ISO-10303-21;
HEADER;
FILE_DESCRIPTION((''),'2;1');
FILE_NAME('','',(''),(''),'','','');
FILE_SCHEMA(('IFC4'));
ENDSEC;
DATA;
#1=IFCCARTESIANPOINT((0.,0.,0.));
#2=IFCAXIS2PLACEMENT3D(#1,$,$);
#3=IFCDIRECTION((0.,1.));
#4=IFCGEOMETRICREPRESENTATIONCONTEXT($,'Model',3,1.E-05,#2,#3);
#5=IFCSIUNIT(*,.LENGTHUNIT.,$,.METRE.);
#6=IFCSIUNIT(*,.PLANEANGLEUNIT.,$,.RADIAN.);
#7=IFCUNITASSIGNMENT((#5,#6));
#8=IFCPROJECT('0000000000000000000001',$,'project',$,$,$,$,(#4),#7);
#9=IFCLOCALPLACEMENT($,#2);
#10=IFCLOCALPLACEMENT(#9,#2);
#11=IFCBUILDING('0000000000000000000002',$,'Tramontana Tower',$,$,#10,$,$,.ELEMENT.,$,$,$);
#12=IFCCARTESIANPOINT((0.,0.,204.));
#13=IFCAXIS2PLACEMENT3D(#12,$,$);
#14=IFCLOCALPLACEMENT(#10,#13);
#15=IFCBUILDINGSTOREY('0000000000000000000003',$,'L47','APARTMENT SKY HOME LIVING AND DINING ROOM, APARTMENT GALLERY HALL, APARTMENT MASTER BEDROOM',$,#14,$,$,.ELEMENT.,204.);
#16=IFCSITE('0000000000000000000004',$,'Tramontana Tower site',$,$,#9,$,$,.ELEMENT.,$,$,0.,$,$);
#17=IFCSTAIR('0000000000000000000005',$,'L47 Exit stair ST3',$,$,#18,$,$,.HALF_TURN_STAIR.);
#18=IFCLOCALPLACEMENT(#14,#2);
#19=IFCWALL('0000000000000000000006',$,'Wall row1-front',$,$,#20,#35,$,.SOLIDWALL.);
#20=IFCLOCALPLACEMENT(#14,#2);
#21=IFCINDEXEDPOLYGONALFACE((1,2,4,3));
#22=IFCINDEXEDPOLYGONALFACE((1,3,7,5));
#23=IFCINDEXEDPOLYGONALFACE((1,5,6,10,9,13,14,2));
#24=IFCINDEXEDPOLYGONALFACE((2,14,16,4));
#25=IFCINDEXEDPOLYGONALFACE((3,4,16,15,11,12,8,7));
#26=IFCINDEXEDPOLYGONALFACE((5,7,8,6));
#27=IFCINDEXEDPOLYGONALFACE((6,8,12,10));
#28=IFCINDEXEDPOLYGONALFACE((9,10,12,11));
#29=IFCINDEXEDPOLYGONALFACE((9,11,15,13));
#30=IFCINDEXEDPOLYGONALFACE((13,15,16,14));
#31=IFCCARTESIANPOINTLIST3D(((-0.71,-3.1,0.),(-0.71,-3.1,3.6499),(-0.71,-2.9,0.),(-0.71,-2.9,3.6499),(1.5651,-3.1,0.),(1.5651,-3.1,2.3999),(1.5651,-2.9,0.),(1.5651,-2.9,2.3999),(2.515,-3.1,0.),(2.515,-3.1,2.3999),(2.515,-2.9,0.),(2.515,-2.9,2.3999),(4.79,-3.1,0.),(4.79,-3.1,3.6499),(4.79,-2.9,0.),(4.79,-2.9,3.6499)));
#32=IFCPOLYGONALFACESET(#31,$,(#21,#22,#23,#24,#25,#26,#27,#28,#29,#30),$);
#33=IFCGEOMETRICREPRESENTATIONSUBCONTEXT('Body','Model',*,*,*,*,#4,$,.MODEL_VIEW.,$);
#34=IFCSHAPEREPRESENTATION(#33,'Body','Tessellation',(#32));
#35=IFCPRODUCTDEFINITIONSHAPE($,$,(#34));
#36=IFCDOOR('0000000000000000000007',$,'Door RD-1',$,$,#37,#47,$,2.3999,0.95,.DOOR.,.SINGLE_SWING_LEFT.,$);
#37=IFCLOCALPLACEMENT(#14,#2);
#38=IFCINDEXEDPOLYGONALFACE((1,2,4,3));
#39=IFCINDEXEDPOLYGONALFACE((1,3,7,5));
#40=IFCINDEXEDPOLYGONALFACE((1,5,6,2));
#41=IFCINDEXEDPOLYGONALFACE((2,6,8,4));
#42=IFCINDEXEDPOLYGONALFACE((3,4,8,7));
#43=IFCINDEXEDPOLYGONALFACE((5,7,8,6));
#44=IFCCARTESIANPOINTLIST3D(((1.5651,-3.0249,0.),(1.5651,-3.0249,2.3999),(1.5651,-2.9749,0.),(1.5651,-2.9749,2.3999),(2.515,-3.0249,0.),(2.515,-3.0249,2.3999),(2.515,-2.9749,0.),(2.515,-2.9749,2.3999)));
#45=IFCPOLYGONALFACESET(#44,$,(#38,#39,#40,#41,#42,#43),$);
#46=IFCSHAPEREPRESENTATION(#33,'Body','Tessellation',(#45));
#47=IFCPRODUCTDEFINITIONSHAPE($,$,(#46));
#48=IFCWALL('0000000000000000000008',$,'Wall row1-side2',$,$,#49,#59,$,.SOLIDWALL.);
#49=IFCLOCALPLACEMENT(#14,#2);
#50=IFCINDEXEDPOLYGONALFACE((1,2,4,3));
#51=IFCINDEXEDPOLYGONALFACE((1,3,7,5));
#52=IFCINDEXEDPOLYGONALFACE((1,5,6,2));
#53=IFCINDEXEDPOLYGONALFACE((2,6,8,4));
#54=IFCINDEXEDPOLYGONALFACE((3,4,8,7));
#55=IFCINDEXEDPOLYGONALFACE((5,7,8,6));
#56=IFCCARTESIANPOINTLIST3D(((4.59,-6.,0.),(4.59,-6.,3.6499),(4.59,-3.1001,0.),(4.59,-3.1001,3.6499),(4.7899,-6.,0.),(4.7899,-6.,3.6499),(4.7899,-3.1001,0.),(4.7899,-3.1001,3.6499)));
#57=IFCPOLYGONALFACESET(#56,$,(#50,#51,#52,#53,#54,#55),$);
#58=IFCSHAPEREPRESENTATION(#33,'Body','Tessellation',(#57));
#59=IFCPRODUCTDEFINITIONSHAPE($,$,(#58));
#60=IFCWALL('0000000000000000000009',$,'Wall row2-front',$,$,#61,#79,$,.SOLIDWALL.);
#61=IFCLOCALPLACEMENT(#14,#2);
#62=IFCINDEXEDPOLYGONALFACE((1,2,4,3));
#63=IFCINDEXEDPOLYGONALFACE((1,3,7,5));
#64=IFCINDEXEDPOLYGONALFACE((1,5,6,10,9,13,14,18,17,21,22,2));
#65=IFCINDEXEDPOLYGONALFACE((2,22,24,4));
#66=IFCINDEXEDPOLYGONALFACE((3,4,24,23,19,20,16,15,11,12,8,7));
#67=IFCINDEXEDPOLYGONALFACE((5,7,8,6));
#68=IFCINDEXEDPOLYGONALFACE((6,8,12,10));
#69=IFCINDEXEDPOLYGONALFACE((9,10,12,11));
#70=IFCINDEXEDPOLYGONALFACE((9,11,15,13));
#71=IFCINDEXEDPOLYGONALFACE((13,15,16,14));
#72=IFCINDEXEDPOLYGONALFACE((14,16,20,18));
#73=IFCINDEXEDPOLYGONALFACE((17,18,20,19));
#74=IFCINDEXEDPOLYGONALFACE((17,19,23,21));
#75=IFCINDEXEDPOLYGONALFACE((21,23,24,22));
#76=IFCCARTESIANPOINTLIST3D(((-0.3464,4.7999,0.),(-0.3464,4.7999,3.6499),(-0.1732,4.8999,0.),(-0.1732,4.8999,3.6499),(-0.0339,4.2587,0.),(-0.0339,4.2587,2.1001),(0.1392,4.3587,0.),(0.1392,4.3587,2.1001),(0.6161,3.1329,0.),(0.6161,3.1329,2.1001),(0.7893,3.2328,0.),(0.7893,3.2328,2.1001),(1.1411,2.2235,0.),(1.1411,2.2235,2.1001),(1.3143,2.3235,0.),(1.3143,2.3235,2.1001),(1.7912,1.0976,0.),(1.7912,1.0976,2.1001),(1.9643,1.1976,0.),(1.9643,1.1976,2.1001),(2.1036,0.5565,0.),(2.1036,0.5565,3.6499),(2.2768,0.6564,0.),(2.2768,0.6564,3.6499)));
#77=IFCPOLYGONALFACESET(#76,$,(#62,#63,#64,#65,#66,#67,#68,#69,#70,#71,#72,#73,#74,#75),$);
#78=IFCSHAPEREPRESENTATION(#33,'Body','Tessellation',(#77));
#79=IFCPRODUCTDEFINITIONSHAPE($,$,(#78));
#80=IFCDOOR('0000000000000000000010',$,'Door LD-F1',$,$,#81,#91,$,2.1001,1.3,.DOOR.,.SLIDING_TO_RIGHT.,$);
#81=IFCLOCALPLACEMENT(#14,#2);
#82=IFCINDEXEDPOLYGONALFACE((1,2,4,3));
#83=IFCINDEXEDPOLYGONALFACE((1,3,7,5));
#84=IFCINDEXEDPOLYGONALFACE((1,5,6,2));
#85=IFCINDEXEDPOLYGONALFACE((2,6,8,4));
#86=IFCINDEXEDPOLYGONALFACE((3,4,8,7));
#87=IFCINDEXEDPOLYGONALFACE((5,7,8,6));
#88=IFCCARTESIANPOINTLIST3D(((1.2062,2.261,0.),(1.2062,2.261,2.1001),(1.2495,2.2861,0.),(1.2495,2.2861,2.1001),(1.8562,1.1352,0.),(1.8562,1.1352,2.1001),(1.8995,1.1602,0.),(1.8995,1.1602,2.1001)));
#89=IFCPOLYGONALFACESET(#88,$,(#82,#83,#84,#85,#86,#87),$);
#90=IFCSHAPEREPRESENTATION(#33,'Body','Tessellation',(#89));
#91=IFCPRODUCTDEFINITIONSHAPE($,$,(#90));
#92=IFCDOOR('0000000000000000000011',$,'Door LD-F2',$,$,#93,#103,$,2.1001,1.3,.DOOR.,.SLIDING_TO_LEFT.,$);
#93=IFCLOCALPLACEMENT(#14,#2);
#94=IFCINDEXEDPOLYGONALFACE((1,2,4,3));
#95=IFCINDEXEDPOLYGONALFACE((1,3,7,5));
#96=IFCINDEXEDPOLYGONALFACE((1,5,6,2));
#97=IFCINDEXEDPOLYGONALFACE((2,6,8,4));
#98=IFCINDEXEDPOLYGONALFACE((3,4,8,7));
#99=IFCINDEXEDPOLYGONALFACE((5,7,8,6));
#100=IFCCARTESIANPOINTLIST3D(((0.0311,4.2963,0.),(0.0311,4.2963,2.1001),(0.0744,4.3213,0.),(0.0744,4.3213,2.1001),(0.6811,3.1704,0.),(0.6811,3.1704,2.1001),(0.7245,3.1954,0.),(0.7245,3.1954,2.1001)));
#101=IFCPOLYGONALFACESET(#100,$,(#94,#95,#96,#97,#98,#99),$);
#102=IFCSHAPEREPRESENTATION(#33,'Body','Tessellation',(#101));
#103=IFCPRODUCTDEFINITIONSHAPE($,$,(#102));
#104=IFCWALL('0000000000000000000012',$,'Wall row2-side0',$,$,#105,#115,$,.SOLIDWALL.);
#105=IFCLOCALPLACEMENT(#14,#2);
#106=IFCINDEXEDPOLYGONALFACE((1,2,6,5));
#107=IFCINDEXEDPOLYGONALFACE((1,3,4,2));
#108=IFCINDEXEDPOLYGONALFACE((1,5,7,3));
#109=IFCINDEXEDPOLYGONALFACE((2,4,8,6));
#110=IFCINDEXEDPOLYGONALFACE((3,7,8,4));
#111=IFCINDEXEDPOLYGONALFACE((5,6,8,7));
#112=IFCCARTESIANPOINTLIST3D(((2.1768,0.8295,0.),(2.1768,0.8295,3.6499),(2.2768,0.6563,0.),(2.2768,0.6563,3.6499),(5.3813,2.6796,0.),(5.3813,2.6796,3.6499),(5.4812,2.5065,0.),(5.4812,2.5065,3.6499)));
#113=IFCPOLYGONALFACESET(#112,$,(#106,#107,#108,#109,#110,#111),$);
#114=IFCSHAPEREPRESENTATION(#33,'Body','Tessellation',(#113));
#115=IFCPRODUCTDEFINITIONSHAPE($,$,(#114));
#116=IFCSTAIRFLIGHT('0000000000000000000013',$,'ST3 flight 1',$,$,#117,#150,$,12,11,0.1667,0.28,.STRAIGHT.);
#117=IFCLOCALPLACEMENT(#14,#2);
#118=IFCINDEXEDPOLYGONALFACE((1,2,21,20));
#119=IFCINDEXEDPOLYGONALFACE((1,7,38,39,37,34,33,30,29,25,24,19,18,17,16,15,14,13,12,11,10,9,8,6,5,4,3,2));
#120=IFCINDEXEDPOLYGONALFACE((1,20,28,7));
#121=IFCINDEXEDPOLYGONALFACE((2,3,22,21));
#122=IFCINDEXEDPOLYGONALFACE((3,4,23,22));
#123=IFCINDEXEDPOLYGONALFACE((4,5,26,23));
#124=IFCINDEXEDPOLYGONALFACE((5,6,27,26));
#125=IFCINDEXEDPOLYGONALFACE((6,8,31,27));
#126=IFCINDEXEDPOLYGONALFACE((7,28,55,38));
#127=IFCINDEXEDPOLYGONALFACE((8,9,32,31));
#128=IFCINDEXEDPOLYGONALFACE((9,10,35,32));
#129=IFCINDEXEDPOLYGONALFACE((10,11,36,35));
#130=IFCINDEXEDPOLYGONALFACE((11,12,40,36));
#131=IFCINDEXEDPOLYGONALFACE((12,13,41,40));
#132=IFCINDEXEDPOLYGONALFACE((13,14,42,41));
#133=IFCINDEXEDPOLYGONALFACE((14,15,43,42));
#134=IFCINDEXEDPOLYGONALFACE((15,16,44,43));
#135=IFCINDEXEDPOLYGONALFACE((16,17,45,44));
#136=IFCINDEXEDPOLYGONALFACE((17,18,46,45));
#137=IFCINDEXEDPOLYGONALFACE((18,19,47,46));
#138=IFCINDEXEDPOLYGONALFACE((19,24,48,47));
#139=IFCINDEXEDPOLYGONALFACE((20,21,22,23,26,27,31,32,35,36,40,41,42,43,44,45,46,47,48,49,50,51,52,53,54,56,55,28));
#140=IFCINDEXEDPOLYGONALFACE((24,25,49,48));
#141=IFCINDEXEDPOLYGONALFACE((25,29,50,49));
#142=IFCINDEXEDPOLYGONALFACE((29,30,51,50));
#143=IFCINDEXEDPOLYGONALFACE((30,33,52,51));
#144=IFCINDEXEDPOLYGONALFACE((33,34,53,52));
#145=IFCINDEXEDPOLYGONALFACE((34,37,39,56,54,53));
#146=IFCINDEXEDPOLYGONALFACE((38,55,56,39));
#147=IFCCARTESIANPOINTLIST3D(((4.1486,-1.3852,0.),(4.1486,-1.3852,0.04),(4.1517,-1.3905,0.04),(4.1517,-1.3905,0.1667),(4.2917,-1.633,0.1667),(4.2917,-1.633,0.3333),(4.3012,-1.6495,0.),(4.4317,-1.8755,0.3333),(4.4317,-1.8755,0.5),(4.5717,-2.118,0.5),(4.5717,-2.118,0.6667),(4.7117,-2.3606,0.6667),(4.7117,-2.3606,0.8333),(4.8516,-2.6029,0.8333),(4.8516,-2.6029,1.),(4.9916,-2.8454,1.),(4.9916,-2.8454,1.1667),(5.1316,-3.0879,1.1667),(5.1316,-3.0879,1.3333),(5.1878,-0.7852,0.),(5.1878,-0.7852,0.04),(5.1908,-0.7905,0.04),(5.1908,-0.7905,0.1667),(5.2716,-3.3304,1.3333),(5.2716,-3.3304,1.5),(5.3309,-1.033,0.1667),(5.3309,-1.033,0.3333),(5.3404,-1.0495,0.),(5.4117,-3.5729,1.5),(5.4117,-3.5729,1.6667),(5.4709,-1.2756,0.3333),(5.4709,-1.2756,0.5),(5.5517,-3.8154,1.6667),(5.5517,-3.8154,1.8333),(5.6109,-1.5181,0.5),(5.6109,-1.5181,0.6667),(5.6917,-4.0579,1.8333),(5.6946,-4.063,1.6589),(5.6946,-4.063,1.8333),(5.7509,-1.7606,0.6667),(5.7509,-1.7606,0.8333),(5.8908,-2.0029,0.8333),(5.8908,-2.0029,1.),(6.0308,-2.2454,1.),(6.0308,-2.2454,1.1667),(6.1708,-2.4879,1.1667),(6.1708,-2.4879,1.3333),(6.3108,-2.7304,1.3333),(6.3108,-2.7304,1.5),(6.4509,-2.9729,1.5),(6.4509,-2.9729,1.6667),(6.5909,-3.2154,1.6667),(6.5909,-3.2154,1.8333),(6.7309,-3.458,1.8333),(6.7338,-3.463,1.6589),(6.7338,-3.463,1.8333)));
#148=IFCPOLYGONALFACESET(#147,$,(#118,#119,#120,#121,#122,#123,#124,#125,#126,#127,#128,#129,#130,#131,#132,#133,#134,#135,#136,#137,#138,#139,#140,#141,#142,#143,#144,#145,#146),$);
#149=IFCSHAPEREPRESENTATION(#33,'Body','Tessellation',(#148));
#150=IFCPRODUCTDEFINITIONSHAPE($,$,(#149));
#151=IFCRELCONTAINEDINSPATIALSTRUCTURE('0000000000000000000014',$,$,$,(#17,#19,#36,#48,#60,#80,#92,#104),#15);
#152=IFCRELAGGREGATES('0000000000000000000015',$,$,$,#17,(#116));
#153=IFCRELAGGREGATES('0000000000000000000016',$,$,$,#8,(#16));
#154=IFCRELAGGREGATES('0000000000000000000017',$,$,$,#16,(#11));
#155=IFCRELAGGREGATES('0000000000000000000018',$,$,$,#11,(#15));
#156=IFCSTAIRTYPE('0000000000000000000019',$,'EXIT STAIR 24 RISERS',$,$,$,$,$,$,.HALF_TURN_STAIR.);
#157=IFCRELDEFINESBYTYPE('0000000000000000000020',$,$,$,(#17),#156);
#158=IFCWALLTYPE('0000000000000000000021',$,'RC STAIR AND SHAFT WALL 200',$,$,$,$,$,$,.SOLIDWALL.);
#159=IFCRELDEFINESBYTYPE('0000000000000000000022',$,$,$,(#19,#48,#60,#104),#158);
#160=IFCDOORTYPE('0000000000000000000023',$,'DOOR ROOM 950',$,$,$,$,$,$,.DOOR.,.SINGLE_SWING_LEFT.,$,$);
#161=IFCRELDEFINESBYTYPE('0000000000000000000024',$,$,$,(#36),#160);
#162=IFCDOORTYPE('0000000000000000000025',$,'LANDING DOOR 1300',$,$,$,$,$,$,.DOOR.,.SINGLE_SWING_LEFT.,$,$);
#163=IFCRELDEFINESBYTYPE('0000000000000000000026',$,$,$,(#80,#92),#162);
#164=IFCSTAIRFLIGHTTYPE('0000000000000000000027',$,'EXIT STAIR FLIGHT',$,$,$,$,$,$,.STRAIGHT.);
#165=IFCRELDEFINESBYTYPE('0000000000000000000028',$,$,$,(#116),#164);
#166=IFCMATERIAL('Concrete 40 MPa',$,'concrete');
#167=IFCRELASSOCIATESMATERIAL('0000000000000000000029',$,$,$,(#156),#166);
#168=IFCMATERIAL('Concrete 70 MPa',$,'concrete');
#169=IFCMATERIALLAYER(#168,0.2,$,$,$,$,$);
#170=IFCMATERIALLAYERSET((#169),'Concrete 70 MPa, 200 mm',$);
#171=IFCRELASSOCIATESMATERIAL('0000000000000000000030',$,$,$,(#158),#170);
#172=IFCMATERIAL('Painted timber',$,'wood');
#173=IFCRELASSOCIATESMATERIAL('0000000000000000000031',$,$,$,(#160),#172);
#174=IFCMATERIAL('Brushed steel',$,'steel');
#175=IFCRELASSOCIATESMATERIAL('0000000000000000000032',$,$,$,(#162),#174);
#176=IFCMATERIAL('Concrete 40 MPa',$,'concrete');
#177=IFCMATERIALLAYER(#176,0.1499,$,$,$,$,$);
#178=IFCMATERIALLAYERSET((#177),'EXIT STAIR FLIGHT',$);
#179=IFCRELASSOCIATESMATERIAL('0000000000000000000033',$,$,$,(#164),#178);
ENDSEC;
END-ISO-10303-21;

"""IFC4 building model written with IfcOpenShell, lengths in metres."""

from ifc_helpers import new_model, si_unit, direction, frame, frame_2d, origin, place, context, subcontext, project, spatial, polyline, rectangle, outline, extrude, material, layer, layer_set, type_object, element, fill, aggregate, save


model = new_model("IFC4")

# Units and contexts
model_context = context("Model", 3, precision=1e-05, world=origin(), true_north=direction((0.0, 1.0)))
body_context = subcontext(model_context, "Body", "Model", "MODEL_VIEW")
ifc_project = project(units=[si_unit("LENGTHUNIT", "METRE"), si_unit("PLANEANGLEUNIT", "RADIAN")], contexts=[model_context])

# Site, building, storey
site_placement = place(None, origin())
site = spatial("IfcSite", under=ifc_project, at=site_placement, Name="Tramontana Tower site", CompositionType="ELEMENT", RefElevation=0.0)
building_placement = place(site_placement, origin())
building = spatial("IfcBuilding", under=site, at=building_placement, Name="Tramontana Tower", CompositionType="ELEMENT")
storey_placement = place(building_placement, frame((0.0, 0.0, 204.0)))
storey = spatial("IfcBuildingStorey", under=building, at=storey_placement, Name="L47", Description="APARTMENT SKY HOME LIVING AND DINING ROOM, APARTMENT GALLERY HALL, APARTMENT MASTER BEDROOM", CompositionType="ELEMENT", Elevation=204.0)

# Stair
ifc_material_1 = material(Name="Concrete 40 MPa", Category="concrete")
stair_type = type_object("IfcStairType", Name="EXIT STAIR 24 RISERS", PredefinedType="HALF_TURN_STAIR", material=ifc_material_1)
stair_1_placement = place(storey_placement, origin())
stair_1 = element("IfcStair", 1, at=stair_1_placement, inside=storey, type_object=stair_type, Name="L47 Exit stair ST3", PredefinedType="HALF_TURN_STAIR")

# Shared definitions
ifc_material_2 = material(Name="Concrete 70 MPa", Category="concrete")
ifc_layer_1 = layer(ifc_material_2, 0.2)
ifc_layer_set_1 = layer_set([ifc_layer_1], Name="Concrete 70 MPa, 200 mm")
wall_type = type_object("IfcWallType", Name="RC STAIR AND SHAFT WALL 200", PredefinedType="SOLIDWALL", material=ifc_layer_set_1)

# Wall, opening, door
wall_1_placement = place(storey_placement, frame((4.79, -3.0, 0.0), z_axis=(0.0, 0.0, 1.0), x_axis=(-1.0, 0.0, 0.0)))
wall_1 = element("IfcWall", 2, at=wall_1_placement, inside=storey, type_object=wall_type, Name="Wall row1-front", PredefinedType="SOLIDWALL", context=body_context, shape_type="SweptSolid", body=[
    extrude(rectangle(XDim=5.5, YDim=0.2, at=frame_2d((2.75, 0.0))), origin(), (0.0, 0.0, 1.0), 3.6499),
])
opening_1_placement = place(wall_1_placement, frame((2.2749, 0.0, 0.0)))
opening_1 = element("IfcOpeningElement", 3, at=opening_1_placement, cuts=wall_1, PredefinedType="OPENING", context=body_context, shape_type="SweptSolid", body=[
    extrude(rectangle(XDim=0.95, YDim=2.3999, at=frame_2d((0.4751, 1.2))), frame((0.0, 0.1099, 0.0), z_axis=(0.0, -1.0, 0.0), x_axis=(1.0, 0.0, 0.0)), (0.0, 0.0, 1.0), 0.22),
])
ifc_material_3 = material(Name="Painted timber", Category="wood")
door_type_1 = type_object("IfcDoorType", Name="DOOR ROOM 950", OperationType="SINGLE_SWING_LEFT", PredefinedType="DOOR", material=ifc_material_3)
door_1_placement = place(opening_1_placement, origin())
door_1 = element("IfcDoor", 4, at=door_1_placement, inside=storey, type_object=door_type_1, Name="Door RD-1", OperationType="SINGLE_SWING_LEFT", OverallHeight=2.3999, OverallWidth=0.95, PredefinedType="DOOR", context=body_context, shape_type="SweptSolid", body=[
    extrude(rectangle(XDim=0.95, YDim=2.3999, at=frame_2d((0.4751, 1.2))), frame((0.0, 0.0249, 0.0), z_axis=(0.0, -1.0, 0.0), x_axis=(1.0, 0.0, 0.0)), (0.0, 0.0, 1.0), 0.05),
])
fill(opening_1, door_1)

# Wall
wall_2_placement = place(storey_placement, frame((4.6899, -3.1001, 0.0), z_axis=(0.0, 0.0, 1.0), x_axis=(0.0, -1.0, 0.0)))
element("IfcWall", 5, at=wall_2_placement, inside=storey, type_object=wall_type, Name="Wall row1-side2", PredefinedType="SOLIDWALL", context=body_context, shape_type="SweptSolid", body=[
    extrude(rectangle(XDim=2.8999, YDim=0.2, at=frame_2d((1.45, 0.0))), origin(), (0.0, 0.0, 1.0), 3.6499),
])

# Wall, openings, doors
wall_3_placement = place(storey_placement, frame((2.1902, 0.6064, 0.0), z_axis=(0.0, 0.0, 1.0), x_axis=(-0.500003, 0.866024, 0.0)))
wall_3 = element("IfcWall", 6, at=wall_3_placement, inside=storey, type_object=wall_type, Name="Wall row2-front", PredefinedType="SOLIDWALL", context=body_context, shape_type="SweptSolid", body=[
    extrude(rectangle(XDim=4.8999, YDim=0.2, at=frame_2d((2.45, 0.0))), origin(), (0.0, 0.0, 1.0), 3.6499),
])
opening_2_placement = place(wall_3_placement, frame((0.625, 0.0, 0.0)))
opening_2 = element("IfcOpeningElement", 7, at=opening_2_placement, cuts=wall_3, PredefinedType="OPENING", context=body_context, shape_type="SweptSolid", body=[
    extrude(rectangle(XDim=1.3, YDim=2.1001, at=frame_2d((0.6499, 1.05))), frame((0.0, 0.1099, 0.0), z_axis=(0.0, -1.0, 0.0), x_axis=(1.0, 0.0, 0.0)), (0.0, 0.0, 1.0), 0.22),
])
opening_3_placement = place(wall_3_placement, frame((2.9751, 0.0, 0.0)))
opening_3 = element("IfcOpeningElement", 8, at=opening_3_placement, cuts=wall_3, PredefinedType="OPENING", context=body_context, shape_type="SweptSolid", body=[
    extrude(rectangle(XDim=1.3, YDim=2.1001, at=frame_2d((0.6499, 1.05))), frame((0.0, 0.1099, 0.0), z_axis=(0.0, -1.0, 0.0), x_axis=(1.0, 0.0, 0.0)), (0.0, 0.0, 1.0), 0.22),
])
ifc_material_4 = material(Name="Brushed steel", Category="steel")
door_type_2 = type_object("IfcDoorType", Name="LANDING DOOR 1300", OperationType="SINGLE_SWING_LEFT", PredefinedType="DOOR", material=ifc_material_4)
door_2_placement = place(opening_2_placement, origin())
door_2 = element("IfcDoor", 9, at=door_2_placement, inside=storey, type_object=door_type_2, Name="Door LD-F1", OperationType="SLIDING_TO_RIGHT", OverallHeight=2.1001, OverallWidth=1.3, PredefinedType="DOOR", context=body_context, shape_type="SweptSolid", body=[
    extrude(rectangle(XDim=1.3, YDim=2.1001, at=frame_2d((0.6499, 1.05))), frame((0.0, 0.0249, 0.0), z_axis=(0.0, -1.0, 0.0), x_axis=(1.0, 0.0, 0.0)), (0.0, 0.0, 1.0), 0.05),
])
fill(opening_2, door_2)
door_3_placement = place(opening_3_placement, origin())
door_3 = element("IfcDoor", 10, at=door_3_placement, inside=storey, type_object=door_type_2, Name="Door LD-F2", OperationType="SLIDING_TO_LEFT", OverallHeight=2.1001, OverallWidth=1.3, PredefinedType="DOOR", context=body_context, shape_type="SweptSolid", body=[
    extrude(rectangle(XDim=1.3, YDim=2.1001, at=frame_2d((0.6499, 1.05))), frame((0.0, 0.0249, 0.0), z_axis=(0.0, -1.0, 0.0), x_axis=(1.0, 0.0, 0.0)), (0.0, 0.0, 1.0), 0.05),
])
fill(opening_3, door_3)

# Wall
wall_4_placement = place(storey_placement, frame((2.2268, 0.7429, 0.0), z_axis=(0.0, 0.0, 1.0), x_axis=(0.866017, 0.500014, 0.0)))
element("IfcWall", 11, at=wall_4_placement, inside=storey, type_object=wall_type, Name="Wall row2-side0", PredefinedType="SOLIDWALL", context=body_context, shape_type="SweptSolid", body=[
    extrude(rectangle(XDim=3.7002, YDim=0.2, at=frame_2d((1.8501, 0.0))), origin(), (0.0, 0.0, 1.0), 3.6499),
])

# Stair flight
ifc_material_5 = material(Name="Concrete 40 MPa", Category="concrete")
ifc_layer_2 = layer(ifc_material_5, 0.1499)
ifc_layer_set_2 = layer_set([ifc_layer_2], Name="EXIT STAIR FLIGHT")
stair_flight_type = type_object("IfcStairFlightType", Name="EXIT STAIR FLIGHT", PredefinedType="STRAIGHT", material=ifc_layer_set_2)
stair_flight_placement = place(storey_placement, frame((4.6711, -1.0906, 0.0), z_axis=(0.0, 0.0, 1.0), x_axis=(0.5, -0.866025, 0.0)))
stair_flight = element("IfcStairFlight", 12, at=stair_flight_placement, type_object=stair_flight_type, Name="ST3 flight 1", NumberOfRisers=12, NumberOfTreads=11, PredefinedType="STRAIGHT", RiserHeight=0.1667, TreadLength=0.28, context=body_context, shape_type="SweptSolid", body=[
    extrude(outline(polyline([(-0.0061, 0.0), (-0.0061, 0.04), (0.0, 0.04), (0.0, 0.1667), (0.28, 0.1667), (0.28, 0.3333), (0.5601, 0.3333), (0.5601, 0.5), (0.8401, 0.5), (0.8401, 0.6667), (1.1201, 0.6667), (1.1201, 0.8333), (1.3999, 0.8333), (1.3999, 1.0), (1.6799, 1.0), (1.6799, 1.1667), (1.96, 1.1667), (1.96, 1.3333), (2.24, 1.3333), (2.24, 1.5), (2.52, 1.5), (2.52, 1.6667), (2.8, 1.6667), (2.8, 1.8333), (3.0801, 1.8333), (3.0859, 1.8333), (3.0859, 1.6589), (0.2991, 0.0), (-0.0061, 0.0)])), frame((0.0, 0.6001, 0.0), z_axis=(0.0, -1.0, 0.0), x_axis=(1.0, 0.0, 0.0)), (0.0, 0.0, 1.0), 1.2),
])
aggregate(stair_1, [stair_flight])

save(model, "model.ifc")
